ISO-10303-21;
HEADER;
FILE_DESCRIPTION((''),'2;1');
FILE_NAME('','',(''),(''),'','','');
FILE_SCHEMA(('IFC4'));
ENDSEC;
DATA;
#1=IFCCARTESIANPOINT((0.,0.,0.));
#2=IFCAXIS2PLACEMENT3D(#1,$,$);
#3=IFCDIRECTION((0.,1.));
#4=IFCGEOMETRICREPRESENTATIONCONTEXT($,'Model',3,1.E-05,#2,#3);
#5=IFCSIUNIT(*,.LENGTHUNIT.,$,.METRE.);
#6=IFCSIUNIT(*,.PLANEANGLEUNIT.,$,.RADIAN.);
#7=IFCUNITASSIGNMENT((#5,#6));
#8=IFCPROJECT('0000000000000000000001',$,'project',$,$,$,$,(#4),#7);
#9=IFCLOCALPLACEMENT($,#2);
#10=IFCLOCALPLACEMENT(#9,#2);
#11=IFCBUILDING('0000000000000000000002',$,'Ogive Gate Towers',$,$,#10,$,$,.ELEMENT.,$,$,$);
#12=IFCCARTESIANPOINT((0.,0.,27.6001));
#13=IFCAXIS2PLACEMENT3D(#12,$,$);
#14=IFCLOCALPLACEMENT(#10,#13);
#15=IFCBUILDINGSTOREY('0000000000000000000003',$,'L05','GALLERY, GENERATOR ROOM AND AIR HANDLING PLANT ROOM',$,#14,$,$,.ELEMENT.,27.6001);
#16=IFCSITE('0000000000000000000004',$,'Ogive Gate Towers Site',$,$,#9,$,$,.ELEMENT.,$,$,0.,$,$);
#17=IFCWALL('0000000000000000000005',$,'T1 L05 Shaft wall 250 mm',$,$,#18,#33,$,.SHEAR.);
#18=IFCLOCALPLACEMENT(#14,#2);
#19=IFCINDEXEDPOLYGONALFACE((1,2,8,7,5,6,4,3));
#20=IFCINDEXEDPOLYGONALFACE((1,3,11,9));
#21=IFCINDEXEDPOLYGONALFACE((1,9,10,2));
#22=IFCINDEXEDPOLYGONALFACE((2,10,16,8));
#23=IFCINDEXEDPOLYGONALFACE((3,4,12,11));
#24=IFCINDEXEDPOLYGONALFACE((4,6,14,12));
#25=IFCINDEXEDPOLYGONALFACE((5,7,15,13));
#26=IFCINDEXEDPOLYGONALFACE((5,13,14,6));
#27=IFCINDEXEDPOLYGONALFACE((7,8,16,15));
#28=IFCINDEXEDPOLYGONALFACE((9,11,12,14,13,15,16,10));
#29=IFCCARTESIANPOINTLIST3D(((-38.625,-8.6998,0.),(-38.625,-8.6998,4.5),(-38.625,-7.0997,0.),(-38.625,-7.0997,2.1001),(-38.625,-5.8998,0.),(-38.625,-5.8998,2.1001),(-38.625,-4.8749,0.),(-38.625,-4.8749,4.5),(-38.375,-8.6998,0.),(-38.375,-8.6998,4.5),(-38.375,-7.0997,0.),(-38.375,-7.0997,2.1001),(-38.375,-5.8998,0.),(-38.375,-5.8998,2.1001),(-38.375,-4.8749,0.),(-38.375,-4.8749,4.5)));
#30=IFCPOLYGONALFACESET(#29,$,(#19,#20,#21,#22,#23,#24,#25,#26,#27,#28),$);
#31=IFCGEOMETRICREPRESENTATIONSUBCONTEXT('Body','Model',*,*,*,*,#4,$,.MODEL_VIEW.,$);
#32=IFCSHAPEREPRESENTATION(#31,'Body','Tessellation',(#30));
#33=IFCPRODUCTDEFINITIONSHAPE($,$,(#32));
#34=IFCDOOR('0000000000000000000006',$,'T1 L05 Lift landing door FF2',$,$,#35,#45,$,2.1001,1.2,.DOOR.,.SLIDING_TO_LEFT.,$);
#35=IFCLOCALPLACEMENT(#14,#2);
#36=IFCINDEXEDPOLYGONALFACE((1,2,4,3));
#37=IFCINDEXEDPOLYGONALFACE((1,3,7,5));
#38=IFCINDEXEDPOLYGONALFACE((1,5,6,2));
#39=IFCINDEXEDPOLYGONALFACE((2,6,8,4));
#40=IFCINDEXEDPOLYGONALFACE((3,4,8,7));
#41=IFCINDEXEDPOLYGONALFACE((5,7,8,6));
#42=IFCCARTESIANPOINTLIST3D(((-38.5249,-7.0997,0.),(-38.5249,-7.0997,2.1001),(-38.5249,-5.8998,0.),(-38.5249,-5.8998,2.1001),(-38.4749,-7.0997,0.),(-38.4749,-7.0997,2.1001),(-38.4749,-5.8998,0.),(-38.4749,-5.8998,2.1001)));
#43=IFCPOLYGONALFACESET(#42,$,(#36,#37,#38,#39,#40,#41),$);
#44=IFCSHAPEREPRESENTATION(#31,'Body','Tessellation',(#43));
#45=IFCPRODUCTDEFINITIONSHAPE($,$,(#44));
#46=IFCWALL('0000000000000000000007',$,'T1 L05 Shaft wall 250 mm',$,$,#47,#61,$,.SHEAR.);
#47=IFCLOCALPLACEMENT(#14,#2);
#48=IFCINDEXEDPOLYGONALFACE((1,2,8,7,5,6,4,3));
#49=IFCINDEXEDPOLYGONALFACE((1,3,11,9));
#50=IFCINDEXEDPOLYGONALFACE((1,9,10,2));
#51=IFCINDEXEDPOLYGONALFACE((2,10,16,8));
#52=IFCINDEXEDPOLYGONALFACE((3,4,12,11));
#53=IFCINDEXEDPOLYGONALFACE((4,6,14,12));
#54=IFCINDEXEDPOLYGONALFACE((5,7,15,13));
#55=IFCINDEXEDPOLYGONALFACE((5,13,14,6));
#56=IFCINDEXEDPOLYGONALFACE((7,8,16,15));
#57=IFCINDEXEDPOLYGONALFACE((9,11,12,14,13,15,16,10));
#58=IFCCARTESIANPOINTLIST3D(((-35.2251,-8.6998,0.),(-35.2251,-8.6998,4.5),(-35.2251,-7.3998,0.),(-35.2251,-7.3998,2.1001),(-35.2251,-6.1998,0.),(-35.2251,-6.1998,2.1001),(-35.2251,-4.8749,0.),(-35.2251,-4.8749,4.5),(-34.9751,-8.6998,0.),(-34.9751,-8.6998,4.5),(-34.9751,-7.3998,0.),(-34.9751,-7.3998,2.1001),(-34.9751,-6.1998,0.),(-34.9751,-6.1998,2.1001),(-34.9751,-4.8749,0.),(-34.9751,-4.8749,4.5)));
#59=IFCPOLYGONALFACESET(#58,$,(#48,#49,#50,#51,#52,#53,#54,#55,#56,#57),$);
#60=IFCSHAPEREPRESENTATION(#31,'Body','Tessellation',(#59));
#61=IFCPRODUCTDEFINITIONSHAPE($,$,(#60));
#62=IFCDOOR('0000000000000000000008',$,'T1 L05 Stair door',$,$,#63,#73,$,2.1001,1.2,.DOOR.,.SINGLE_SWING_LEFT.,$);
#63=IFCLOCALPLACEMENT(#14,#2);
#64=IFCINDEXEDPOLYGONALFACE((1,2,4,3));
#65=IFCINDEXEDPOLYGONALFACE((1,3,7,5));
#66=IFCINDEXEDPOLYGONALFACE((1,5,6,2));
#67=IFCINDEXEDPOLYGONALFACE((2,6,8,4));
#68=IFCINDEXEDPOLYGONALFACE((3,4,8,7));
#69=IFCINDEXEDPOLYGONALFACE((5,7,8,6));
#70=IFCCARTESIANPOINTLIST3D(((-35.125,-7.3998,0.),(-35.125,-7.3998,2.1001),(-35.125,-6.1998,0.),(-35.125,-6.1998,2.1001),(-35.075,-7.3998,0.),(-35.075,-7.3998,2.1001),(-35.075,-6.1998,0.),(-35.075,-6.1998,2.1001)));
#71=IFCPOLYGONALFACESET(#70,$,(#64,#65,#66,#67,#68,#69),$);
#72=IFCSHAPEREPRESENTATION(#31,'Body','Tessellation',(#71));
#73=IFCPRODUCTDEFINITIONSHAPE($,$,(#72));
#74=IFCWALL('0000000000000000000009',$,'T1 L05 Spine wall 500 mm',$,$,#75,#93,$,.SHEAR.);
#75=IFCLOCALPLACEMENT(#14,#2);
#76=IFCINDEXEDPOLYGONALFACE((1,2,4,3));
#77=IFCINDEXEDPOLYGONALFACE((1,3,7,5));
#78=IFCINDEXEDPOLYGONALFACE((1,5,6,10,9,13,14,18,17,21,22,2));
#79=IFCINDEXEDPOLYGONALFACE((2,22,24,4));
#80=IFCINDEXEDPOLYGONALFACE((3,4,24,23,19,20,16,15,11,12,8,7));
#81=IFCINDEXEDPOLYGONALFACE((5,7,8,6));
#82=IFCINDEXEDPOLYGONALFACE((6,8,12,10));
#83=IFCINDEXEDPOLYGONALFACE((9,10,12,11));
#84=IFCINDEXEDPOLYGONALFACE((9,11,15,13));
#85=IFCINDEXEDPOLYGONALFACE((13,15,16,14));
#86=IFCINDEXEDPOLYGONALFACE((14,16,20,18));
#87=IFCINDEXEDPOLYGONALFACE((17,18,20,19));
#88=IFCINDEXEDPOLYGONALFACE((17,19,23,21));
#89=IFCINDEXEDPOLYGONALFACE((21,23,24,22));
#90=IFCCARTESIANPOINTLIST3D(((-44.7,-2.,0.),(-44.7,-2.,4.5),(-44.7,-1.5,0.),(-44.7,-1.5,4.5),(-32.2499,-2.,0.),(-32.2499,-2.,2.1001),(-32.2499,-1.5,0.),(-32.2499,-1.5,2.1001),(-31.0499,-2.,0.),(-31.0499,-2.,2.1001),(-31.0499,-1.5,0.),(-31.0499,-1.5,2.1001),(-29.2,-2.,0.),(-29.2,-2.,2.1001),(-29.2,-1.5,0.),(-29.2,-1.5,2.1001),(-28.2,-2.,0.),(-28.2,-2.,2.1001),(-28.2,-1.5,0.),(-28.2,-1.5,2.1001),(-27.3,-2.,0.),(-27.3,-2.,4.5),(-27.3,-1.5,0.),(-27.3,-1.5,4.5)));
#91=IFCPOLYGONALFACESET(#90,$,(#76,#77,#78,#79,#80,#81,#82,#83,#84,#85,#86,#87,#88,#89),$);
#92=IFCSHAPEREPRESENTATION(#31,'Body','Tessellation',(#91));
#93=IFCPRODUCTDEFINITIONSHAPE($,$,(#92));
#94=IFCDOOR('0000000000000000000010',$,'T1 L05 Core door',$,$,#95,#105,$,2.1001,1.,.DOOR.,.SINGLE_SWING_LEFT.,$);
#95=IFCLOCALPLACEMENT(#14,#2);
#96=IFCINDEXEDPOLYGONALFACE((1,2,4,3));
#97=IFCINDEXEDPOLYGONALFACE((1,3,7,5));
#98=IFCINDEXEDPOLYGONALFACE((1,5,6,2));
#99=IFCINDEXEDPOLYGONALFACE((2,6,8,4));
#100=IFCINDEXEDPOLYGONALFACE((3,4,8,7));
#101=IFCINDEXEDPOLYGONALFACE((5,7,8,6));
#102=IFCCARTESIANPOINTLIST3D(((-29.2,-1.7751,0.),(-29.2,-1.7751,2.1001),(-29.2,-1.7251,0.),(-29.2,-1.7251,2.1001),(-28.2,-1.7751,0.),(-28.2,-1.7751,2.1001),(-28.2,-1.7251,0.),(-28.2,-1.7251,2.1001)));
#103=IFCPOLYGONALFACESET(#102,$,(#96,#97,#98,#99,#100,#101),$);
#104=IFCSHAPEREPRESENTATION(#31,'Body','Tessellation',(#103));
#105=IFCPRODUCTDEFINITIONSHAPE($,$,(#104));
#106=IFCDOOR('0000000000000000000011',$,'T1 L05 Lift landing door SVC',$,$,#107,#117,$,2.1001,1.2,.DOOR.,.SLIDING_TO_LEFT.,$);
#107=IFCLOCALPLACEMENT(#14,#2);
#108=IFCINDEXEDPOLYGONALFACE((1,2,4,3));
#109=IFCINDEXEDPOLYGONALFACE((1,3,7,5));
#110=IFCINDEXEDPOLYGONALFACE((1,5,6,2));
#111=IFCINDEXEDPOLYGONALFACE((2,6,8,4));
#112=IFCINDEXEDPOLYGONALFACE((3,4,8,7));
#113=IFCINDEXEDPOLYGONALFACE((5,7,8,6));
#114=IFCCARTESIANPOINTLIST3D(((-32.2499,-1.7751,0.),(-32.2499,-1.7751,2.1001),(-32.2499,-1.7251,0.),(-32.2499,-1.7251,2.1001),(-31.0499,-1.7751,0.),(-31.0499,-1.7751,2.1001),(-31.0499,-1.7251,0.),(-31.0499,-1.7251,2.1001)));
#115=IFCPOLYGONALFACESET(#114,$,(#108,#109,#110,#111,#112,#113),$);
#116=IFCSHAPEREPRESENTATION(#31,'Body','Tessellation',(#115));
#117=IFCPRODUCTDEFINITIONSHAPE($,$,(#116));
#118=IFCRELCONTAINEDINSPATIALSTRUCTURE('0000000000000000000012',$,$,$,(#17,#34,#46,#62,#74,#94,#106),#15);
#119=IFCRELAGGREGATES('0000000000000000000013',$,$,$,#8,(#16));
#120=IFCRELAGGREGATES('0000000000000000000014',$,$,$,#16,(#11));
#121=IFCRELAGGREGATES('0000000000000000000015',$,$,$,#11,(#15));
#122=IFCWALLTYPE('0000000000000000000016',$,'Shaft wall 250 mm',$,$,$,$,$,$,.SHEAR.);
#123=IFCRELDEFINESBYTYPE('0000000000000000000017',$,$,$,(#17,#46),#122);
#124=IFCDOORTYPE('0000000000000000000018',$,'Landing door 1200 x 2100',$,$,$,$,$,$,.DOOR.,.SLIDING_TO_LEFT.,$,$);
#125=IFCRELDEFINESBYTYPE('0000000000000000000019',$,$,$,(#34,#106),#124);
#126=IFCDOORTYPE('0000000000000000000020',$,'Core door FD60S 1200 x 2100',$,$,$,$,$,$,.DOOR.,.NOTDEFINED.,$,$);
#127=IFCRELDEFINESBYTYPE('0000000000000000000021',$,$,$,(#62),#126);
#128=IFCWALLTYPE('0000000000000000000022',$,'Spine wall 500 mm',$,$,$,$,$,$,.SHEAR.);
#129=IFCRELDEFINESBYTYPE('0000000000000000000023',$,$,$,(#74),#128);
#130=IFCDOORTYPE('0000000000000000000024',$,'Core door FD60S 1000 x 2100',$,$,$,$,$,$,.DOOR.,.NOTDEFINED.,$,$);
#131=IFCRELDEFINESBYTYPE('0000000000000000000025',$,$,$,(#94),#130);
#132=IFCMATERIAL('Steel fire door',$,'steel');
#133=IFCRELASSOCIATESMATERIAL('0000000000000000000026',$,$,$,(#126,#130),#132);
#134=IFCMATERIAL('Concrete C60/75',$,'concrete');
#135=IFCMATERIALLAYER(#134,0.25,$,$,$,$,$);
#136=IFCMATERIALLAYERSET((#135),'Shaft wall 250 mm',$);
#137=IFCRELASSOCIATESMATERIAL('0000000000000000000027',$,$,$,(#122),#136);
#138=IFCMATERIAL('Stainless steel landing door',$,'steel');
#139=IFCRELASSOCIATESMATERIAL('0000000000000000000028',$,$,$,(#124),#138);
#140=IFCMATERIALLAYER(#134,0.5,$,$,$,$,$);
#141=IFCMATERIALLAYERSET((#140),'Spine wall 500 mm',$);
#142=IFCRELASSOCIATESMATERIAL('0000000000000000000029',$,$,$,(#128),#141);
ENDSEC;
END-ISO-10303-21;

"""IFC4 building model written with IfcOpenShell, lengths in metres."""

from ifc_helpers import new_model, si_unit, direction, frame, frame_2d, origin, place, context, subcontext, project, spatial, rectangle, extrude, material, layer, layer_set, type_object, element, fill, save


model = new_model("IFC4")

# Units and contexts
model_context = context("Model", 3, precision=1e-05, world=origin(), true_north=direction((0.0, 1.0)))
body_context = subcontext(model_context, "Body", "Model", "MODEL_VIEW")
ifc_project = project(units=[si_unit("LENGTHUNIT", "METRE"), si_unit("PLANEANGLEUNIT", "RADIAN")], contexts=[model_context])

# Site, building, storey
site_placement = place(None, origin())
site = spatial("IfcSite", under=ifc_project, at=site_placement, Name="Ogive Gate Towers Site", CompositionType="ELEMENT", RefElevation=0.0)
building_placement = place(site_placement, origin())
building = spatial("IfcBuilding", under=site, at=building_placement, Name="Ogive Gate Towers", CompositionType="ELEMENT")
storey_placement = place(building_placement, frame((0.0, 0.0, 27.6001)))
storey = spatial("IfcBuildingStorey", under=building, at=storey_placement, Name="L05", Description="GALLERY, GENERATOR ROOM AND AIR HANDLING PLANT ROOM", CompositionType="ELEMENT", Elevation=27.6001)

# Shared definitions
ifc_material_1 = material(Name="Steel fire door", Category="steel")
ifc_material_2 = material(Name="Concrete C60/75", Category="concrete")
door_type_1 = type_object("IfcDoorType", Name="Core door FD60S 1200 x 2100", OperationType="NOTDEFINED", PredefinedType="DOOR", material=ifc_material_1)

# Shared definitions
ifc_layer_1 = layer(ifc_material_2, 0.25)
ifc_layer_set_1 = layer_set([ifc_layer_1], Name="Shaft wall 250 mm")
wall_type_1 = type_object("IfcWallType", Name="Shaft wall 250 mm", PredefinedType="SHEAR", material=ifc_layer_set_1)

# Walls, openings, doors
wall_1_placement = place(storey_placement, frame((-38.5, -8.7, 0.0), z_axis=(0.0, 0.0, 1.0), x_axis=(0.0, 1.0, 0.0)))
wall_1 = element("IfcWall", 1, at=wall_1_placement, inside=storey, type_object=wall_type_1, Name="T1 L05 Shaft wall 250 mm", PredefinedType="SHEAR", context=body_context, shape_type="SweptSolid", body=[
    extrude(rectangle(XDim=3.825, YDim=0.25, at=frame_2d((1.9126, 0.0))), origin(), (0.0, 0.0, 1.0), 4.5),
])
opening_1_placement = place(wall_1_placement, frame((1.6001, 0.0, 0.0)))
opening_1 = element("IfcOpeningElement", 2, at=opening_1_placement, cuts=wall_1, PredefinedType="OPENING", context=body_context, shape_type="SweptSolid", body=[
    extrude(rectangle(XDim=1.2, YDim=2.1001, at=frame_2d((0.6001, 1.05))), frame((0.0, 0.135, 0.0), z_axis=(0.0, -1.0, 0.0), x_axis=(1.0, 0.0, 0.0)), (0.0, 0.0, 1.0), 0.27),
])
ifc_material_3 = material(Name="Stainless steel landing door", Category="steel")
door_type_2 = type_object("IfcDoorType", Name="Landing door 1200 x 2100", OperationType="SLIDING_TO_LEFT", PredefinedType="DOOR", material=ifc_material_3)
door_1_placement = place(opening_1_placement, origin())
door_1 = element("IfcDoor", 3, at=door_1_placement, inside=storey, type_object=door_type_2, Name="T1 L05 Lift landing door FF2", OperationType="SLIDING_TO_LEFT", OverallHeight=2.1001, OverallWidth=1.2, PredefinedType="DOOR", context=body_context, shape_type="SweptSolid", body=[
    extrude(rectangle(XDim=1.2, YDim=2.1001, at=frame_2d((0.6001, 1.05))), frame((0.0, 0.0249, 0.0), z_axis=(0.0, -1.0, 0.0), x_axis=(1.0, 0.0, 0.0)), (0.0, 0.0, 1.0), 0.05),
])
fill(opening_1, door_1)
wall_2_placement = place(storey_placement, frame((-35.1001, -8.7, 0.0), z_axis=(0.0, 0.0, 1.0), x_axis=(0.0, 1.0, 0.0)))
wall_2 = element("IfcWall", 4, at=wall_2_placement, inside=storey, type_object=wall_type_1, Name="T1 L05 Shaft wall 250 mm", PredefinedType="SHEAR", context=body_context, shape_type="SweptSolid", body=[
    extrude(rectangle(XDim=3.825, YDim=0.25, at=frame_2d((1.9126, 0.0))), origin(), (0.0, 0.0, 1.0), 4.5),
])
opening_2_placement = place(wall_2_placement, frame((1.3, 0.0, 0.0)))
opening_2 = element("IfcOpeningElement", 5, at=opening_2_placement, cuts=wall_2, PredefinedType="OPENING", context=body_context, shape_type="SweptSolid", body=[
    extrude(rectangle(XDim=1.2, YDim=2.1001, at=frame_2d((0.6001, 1.05))), frame((0.0, 0.135, 0.0), z_axis=(0.0, -1.0, 0.0), x_axis=(1.0, 0.0, 0.0)), (0.0, 0.0, 1.0), 0.27),
])
door_2_placement = place(opening_2_placement, origin())
door_2 = element("IfcDoor", 6, at=door_2_placement, inside=storey, type_object=door_type_1, Name="T1 L05 Stair door", OperationType="SINGLE_SWING_LEFT", OverallHeight=2.1001, OverallWidth=1.2, PredefinedType="DOOR", context=body_context, shape_type="SweptSolid", body=[
    extrude(rectangle(XDim=1.2, YDim=2.1001, at=frame_2d((0.6001, 1.05))), frame((0.0, 0.0249, 0.0), z_axis=(0.0, -1.0, 0.0), x_axis=(1.0, 0.0, 0.0)), (0.0, 0.0, 1.0), 0.05),
])
fill(opening_2, door_2)

# Wall, openings, doors
ifc_layer_2 = layer(ifc_material_2, 0.5)
ifc_layer_set_2 = layer_set([ifc_layer_2], Name="Spine wall 500 mm")
wall_type_2 = type_object("IfcWallType", Name="Spine wall 500 mm", PredefinedType="SHEAR", material=ifc_layer_set_2)
wall_3_placement = place(storey_placement, frame((-44.7, -1.75, 0.0), z_axis=(0.0, 0.0, 1.0), x_axis=(1.0, 0.0, 0.0)))
wall_3 = element("IfcWall", 7, at=wall_3_placement, inside=storey, type_object=wall_type_2, Name="T1 L05 Spine wall 500 mm", PredefinedType="SHEAR", context=body_context, shape_type="SweptSolid", body=[
    extrude(rectangle(XDim=17.3999, YDim=0.5, at=frame_2d((8.7, 0.0))), origin(), (0.0, 0.0, 1.0), 4.5),
])
opening_3_placement = place(wall_3_placement, frame((12.45, 0.0, 0.0)))
opening_3 = element("IfcOpeningElement", 8, at=opening_3_placement, cuts=wall_3, PredefinedType="OPENING", context=body_context, shape_type="SweptSolid", body=[
    extrude(rectangle(XDim=1.2, YDim=2.1001, at=frame_2d((0.6001, 1.05))), frame((0.0, 0.26, 0.0), z_axis=(0.0, -1.0, 0.0), x_axis=(1.0, 0.0, 0.0)), (0.0, 0.0, 1.0), 0.52),
])
opening_4_placement = place(wall_3_placement, frame((15.5, 0.0, 0.0)))
opening_4 = element("IfcOpeningElement", 9, at=opening_4_placement, cuts=wall_3, PredefinedType="OPENING", context=body_context, shape_type="SweptSolid", body=[
    extrude(rectangle(XDim=1.0, YDim=2.1001, at=frame_2d((0.5, 1.05))), frame((0.0, 0.26, 0.0), z_axis=(0.0, -1.0, 0.0), x_axis=(1.0, 0.0, 0.0)), (0.0, 0.0, 1.0), 0.52),
])
door_type_3 = type_object("IfcDoorType", Name="Core door FD60S 1000 x 2100", OperationType="NOTDEFINED", PredefinedType="DOOR", material=ifc_material_1)
door_3_placement = place(opening_4_placement, origin())
door_3 = element("IfcDoor", 10, at=door_3_placement, inside=storey, type_object=door_type_3, Name="T1 L05 Core door", OperationType="SINGLE_SWING_LEFT", OverallHeight=2.1001, OverallWidth=1.0, PredefinedType="DOOR", context=body_context, shape_type="SweptSolid", body=[
    extrude(rectangle(XDim=1.0, YDim=2.1001, at=frame_2d((0.5, 1.05))), frame((0.0, 0.0249, 0.0), z_axis=(0.0, -1.0, 0.0), x_axis=(1.0, 0.0, 0.0)), (0.0, 0.0, 1.0), 0.05),
])
fill(opening_4, door_3)
door_4_placement = place(opening_3_placement, origin())
door_4 = element("IfcDoor", 11, at=door_4_placement, inside=storey, type_object=door_type_2, Name="T1 L05 Lift landing door SVC", OperationType="SLIDING_TO_LEFT", OverallHeight=2.1001, OverallWidth=1.2, PredefinedType="DOOR", context=body_context, shape_type="SweptSolid", body=[
    extrude(rectangle(XDim=1.2, YDim=2.1001, at=frame_2d((0.6001, 1.05))), frame((0.0, 0.0249, 0.0), z_axis=(0.0, -1.0, 0.0), x_axis=(1.0, 0.0, 0.0)), (0.0, 0.0, 1.0), 0.05),
])
fill(opening_3, door_4)

save(model, "model.ifc")
